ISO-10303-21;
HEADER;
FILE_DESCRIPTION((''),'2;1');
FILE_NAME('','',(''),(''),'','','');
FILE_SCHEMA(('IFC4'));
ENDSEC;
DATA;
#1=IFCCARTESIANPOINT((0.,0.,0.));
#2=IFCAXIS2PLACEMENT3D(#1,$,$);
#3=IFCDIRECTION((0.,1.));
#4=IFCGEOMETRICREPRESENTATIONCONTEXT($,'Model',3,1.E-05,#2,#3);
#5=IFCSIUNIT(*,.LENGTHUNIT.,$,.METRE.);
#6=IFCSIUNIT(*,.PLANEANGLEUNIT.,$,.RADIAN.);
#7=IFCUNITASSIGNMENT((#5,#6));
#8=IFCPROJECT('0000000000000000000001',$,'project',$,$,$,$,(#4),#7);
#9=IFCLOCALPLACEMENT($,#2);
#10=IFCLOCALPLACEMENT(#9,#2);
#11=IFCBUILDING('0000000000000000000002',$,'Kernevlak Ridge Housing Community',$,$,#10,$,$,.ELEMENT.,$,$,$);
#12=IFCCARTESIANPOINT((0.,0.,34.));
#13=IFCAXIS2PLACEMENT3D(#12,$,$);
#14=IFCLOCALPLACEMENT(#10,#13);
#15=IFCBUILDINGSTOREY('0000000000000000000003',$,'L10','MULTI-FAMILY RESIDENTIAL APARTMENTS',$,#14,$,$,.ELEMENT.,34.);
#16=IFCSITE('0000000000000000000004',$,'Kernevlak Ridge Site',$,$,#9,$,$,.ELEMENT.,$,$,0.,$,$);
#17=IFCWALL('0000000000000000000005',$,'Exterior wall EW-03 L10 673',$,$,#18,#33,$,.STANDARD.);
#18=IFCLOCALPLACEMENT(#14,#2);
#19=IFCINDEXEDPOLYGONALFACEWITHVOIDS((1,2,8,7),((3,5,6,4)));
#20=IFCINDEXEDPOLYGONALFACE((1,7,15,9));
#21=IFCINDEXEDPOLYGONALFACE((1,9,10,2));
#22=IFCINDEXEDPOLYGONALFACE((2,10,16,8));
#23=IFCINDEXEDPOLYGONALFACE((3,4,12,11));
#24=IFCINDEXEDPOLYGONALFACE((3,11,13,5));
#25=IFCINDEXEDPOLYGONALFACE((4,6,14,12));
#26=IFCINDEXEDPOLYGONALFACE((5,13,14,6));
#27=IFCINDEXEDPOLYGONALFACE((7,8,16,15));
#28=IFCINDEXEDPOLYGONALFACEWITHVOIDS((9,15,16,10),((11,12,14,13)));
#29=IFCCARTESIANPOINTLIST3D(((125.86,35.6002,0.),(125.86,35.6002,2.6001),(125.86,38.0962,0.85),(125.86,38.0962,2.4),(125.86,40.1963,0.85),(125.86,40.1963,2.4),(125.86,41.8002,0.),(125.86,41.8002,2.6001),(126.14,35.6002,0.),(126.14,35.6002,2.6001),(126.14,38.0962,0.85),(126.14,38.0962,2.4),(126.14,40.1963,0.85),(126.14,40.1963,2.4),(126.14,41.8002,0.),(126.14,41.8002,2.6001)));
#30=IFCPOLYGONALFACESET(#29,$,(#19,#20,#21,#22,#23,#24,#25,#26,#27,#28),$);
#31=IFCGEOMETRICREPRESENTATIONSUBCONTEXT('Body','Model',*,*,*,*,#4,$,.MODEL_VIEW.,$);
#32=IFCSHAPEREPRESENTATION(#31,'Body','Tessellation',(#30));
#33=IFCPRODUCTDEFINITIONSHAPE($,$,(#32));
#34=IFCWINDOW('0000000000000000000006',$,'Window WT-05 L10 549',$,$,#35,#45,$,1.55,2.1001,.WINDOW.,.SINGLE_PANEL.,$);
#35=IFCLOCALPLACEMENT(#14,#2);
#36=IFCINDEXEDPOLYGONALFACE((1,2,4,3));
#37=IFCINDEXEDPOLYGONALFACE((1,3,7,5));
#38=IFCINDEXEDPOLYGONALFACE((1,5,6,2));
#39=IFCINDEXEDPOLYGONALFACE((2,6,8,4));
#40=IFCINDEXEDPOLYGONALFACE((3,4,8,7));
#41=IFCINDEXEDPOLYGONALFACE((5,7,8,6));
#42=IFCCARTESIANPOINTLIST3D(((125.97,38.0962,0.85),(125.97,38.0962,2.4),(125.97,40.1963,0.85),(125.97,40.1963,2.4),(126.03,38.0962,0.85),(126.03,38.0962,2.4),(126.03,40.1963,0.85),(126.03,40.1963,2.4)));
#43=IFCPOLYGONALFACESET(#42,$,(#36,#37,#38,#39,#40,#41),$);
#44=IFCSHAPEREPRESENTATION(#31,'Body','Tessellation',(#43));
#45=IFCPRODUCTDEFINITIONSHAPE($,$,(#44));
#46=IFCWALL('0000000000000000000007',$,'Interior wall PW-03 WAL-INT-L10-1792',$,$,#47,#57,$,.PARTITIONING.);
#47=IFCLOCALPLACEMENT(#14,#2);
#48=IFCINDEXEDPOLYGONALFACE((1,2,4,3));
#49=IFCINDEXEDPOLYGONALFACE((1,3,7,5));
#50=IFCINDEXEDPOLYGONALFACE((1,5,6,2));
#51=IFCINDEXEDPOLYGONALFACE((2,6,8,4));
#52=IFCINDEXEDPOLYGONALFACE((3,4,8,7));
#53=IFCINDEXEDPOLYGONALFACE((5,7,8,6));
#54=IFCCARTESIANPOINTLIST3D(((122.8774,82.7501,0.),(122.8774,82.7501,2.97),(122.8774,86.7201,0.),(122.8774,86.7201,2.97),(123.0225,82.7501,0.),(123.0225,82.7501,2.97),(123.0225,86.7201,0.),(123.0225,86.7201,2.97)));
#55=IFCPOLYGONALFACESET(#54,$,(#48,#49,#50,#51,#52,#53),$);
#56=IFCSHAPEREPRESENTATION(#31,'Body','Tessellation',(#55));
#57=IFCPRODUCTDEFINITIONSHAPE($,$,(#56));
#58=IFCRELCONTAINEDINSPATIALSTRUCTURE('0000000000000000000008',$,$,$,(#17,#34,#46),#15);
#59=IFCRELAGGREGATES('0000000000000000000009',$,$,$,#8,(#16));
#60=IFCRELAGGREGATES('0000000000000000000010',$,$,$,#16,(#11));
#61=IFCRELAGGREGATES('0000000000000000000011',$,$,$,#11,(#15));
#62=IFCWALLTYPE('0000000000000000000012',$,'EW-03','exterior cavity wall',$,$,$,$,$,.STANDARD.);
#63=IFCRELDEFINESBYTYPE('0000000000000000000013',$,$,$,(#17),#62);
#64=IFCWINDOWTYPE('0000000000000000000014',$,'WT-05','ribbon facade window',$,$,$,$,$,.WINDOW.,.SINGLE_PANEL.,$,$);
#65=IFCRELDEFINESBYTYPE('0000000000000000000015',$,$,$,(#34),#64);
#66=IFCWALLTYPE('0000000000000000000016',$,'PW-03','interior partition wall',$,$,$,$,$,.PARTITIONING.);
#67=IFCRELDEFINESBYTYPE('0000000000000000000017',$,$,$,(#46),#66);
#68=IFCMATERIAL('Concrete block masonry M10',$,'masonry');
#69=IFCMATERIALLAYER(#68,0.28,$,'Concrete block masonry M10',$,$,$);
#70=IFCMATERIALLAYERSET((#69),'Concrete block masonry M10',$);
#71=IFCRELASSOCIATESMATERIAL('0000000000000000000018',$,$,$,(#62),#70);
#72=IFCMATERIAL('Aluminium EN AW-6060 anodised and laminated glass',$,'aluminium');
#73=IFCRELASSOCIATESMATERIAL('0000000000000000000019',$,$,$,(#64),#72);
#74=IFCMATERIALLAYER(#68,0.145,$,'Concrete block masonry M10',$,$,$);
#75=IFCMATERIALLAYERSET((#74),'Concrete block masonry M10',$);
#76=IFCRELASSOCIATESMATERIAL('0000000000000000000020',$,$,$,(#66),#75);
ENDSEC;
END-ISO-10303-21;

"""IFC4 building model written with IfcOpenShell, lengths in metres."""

from ifc_helpers import new_model, si_unit, direction, frame, frame_2d, origin, place, context, subcontext, project, spatial, rectangle, extrude, material, layer, layer_set, type_object, element, fill, save


model = new_model("IFC4")

# Units and contexts
model_context = context("Model", 3, precision=1e-05, world=origin(), true_north=direction((0.0, 1.0)))
body_context = subcontext(model_context, "Body", "Model", "MODEL_VIEW")
ifc_project = project(units=[si_unit("LENGTHUNIT", "METRE"), si_unit("PLANEANGLEUNIT", "RADIAN")], contexts=[model_context])

# Site, building, storey
site_placement = place(None, origin())
site = spatial("IfcSite", under=ifc_project, at=site_placement, Name="Kernevlak Ridge Site", CompositionType="ELEMENT", RefElevation=0.0)
building_placement = place(site_placement, origin())
building = spatial("IfcBuilding", under=site, at=building_placement, Name="Kernevlak Ridge Housing Community", CompositionType="ELEMENT")
storey_placement = place(building_placement, frame((0.0, 0.0, 34.0)))
storey = spatial("IfcBuildingStorey", under=building, at=storey_placement, Name="L10", Description="MULTI-FAMILY RESIDENTIAL APARTMENTS", CompositionType="ELEMENT", Elevation=34.0)

# Shared definitions
ifc_material_1 = material(Name="Concrete block masonry M10", Category="masonry")
ifc_layer_1 = layer(ifc_material_1, 0.28, Name="Concrete block masonry M10")
ifc_layer_set_1 = layer_set([ifc_layer_1], Name="Concrete block masonry M10")
wall_type_1 = type_object("IfcWallType", Name="EW-03", Description="exterior cavity wall", PredefinedType="STANDARD", material=ifc_layer_set_1)
ifc_material_2 = material(Name="Aluminium EN AW-6060 anodised and laminated glass", Category="aluminium")

# Shared definitions
window_type_1 = type_object("IfcWindowType", Name="WT-05", Description="ribbon facade window", PartitioningType="SINGLE_PANEL", PredefinedType="WINDOW", material=ifc_material_2)

# Wall, opening, window
wall_1_placement = place(storey_placement, frame((126.0, 35.6001, 0.0), z_axis=(0.0, 0.0, 1.0), x_axis=(0.0, 1.0, 0.0)))
wall_1 = element("IfcWall", 1, at=wall_1_placement, inside=storey, type_object=wall_type_1, Name="Exterior wall EW-03 L10 673", PredefinedType="STANDARD", context=body_context, shape_type="SweptSolid", body=[
    extrude(rectangle(XDim=6.2, YDim=0.28, at=frame_2d((3.1001, 0.0))), origin(), (0.0, 0.0, 1.0), 2.6001),
])
opening_1_placement = place(wall_1_placement, frame((2.4961, 0.0, 0.8501)))
opening_1 = element("IfcOpeningElement", 2, at=opening_1_placement, cuts=wall_1, PredefinedType="OPENING", context=body_context, shape_type="SweptSolid", body=[
    extrude(rectangle(XDim=2.1001, YDim=1.55, at=frame_2d((1.05, 0.7749))), frame((0.0, 0.1499, 0.0), z_axis=(0.0, -1.0, 0.0), x_axis=(1.0, 0.0, 0.0)), (0.0, 0.0, 1.0), 0.3),
])
window_1_placement = place(opening_1_placement, origin())
window_1 = element("IfcWindow", 3, at=window_1_placement, inside=storey, type_object=window_type_1, Name="Window WT-05 L10 549", OverallHeight=1.55, OverallWidth=2.1001, PartitioningType="SINGLE_PANEL", PredefinedType="WINDOW", context=body_context, shape_type="SweptSolid", body=[
    extrude(rectangle(XDim=2.1001, YDim=1.55, at=frame_2d((1.05, 0.7749))), frame((0.0, 0.03, 0.0), z_axis=(0.0, -1.0, 0.0), x_axis=(1.0, 0.0, 0.0)), (0.0, 0.0, 1.0), 0.0601),
])
fill(opening_1, window_1)

# Wall
ifc_layer_2 = layer(ifc_material_1, 0.145, Name="Concrete block masonry M10")
ifc_layer_set_2 = layer_set([ifc_layer_2], Name="Concrete block masonry M10")
wall_type_2 = type_object("IfcWallType", Name="PW-03", Description="interior partition wall", PredefinedType="PARTITIONING", material=ifc_layer_set_2)
wall_2_placement = place(storey_placement, frame((122.95, 86.72, 0.0), z_axis=(0.0, 0.0, 1.0), x_axis=(0.0, -1.0, 0.0)))
element("IfcWall", 4, at=wall_2_placement, inside=storey, type_object=wall_type_2, Name="Interior wall PW-03 WAL-INT-L10-1792", PredefinedType="PARTITIONING", context=body_context, shape_type="SweptSolid", body=[
    extrude(rectangle(XDim=3.97, YDim=0.145, at=frame_2d((1.9849, 0.0))), origin(), (0.0, 0.0, 1.0), 2.97),
])

save(model, "model.ifc")
